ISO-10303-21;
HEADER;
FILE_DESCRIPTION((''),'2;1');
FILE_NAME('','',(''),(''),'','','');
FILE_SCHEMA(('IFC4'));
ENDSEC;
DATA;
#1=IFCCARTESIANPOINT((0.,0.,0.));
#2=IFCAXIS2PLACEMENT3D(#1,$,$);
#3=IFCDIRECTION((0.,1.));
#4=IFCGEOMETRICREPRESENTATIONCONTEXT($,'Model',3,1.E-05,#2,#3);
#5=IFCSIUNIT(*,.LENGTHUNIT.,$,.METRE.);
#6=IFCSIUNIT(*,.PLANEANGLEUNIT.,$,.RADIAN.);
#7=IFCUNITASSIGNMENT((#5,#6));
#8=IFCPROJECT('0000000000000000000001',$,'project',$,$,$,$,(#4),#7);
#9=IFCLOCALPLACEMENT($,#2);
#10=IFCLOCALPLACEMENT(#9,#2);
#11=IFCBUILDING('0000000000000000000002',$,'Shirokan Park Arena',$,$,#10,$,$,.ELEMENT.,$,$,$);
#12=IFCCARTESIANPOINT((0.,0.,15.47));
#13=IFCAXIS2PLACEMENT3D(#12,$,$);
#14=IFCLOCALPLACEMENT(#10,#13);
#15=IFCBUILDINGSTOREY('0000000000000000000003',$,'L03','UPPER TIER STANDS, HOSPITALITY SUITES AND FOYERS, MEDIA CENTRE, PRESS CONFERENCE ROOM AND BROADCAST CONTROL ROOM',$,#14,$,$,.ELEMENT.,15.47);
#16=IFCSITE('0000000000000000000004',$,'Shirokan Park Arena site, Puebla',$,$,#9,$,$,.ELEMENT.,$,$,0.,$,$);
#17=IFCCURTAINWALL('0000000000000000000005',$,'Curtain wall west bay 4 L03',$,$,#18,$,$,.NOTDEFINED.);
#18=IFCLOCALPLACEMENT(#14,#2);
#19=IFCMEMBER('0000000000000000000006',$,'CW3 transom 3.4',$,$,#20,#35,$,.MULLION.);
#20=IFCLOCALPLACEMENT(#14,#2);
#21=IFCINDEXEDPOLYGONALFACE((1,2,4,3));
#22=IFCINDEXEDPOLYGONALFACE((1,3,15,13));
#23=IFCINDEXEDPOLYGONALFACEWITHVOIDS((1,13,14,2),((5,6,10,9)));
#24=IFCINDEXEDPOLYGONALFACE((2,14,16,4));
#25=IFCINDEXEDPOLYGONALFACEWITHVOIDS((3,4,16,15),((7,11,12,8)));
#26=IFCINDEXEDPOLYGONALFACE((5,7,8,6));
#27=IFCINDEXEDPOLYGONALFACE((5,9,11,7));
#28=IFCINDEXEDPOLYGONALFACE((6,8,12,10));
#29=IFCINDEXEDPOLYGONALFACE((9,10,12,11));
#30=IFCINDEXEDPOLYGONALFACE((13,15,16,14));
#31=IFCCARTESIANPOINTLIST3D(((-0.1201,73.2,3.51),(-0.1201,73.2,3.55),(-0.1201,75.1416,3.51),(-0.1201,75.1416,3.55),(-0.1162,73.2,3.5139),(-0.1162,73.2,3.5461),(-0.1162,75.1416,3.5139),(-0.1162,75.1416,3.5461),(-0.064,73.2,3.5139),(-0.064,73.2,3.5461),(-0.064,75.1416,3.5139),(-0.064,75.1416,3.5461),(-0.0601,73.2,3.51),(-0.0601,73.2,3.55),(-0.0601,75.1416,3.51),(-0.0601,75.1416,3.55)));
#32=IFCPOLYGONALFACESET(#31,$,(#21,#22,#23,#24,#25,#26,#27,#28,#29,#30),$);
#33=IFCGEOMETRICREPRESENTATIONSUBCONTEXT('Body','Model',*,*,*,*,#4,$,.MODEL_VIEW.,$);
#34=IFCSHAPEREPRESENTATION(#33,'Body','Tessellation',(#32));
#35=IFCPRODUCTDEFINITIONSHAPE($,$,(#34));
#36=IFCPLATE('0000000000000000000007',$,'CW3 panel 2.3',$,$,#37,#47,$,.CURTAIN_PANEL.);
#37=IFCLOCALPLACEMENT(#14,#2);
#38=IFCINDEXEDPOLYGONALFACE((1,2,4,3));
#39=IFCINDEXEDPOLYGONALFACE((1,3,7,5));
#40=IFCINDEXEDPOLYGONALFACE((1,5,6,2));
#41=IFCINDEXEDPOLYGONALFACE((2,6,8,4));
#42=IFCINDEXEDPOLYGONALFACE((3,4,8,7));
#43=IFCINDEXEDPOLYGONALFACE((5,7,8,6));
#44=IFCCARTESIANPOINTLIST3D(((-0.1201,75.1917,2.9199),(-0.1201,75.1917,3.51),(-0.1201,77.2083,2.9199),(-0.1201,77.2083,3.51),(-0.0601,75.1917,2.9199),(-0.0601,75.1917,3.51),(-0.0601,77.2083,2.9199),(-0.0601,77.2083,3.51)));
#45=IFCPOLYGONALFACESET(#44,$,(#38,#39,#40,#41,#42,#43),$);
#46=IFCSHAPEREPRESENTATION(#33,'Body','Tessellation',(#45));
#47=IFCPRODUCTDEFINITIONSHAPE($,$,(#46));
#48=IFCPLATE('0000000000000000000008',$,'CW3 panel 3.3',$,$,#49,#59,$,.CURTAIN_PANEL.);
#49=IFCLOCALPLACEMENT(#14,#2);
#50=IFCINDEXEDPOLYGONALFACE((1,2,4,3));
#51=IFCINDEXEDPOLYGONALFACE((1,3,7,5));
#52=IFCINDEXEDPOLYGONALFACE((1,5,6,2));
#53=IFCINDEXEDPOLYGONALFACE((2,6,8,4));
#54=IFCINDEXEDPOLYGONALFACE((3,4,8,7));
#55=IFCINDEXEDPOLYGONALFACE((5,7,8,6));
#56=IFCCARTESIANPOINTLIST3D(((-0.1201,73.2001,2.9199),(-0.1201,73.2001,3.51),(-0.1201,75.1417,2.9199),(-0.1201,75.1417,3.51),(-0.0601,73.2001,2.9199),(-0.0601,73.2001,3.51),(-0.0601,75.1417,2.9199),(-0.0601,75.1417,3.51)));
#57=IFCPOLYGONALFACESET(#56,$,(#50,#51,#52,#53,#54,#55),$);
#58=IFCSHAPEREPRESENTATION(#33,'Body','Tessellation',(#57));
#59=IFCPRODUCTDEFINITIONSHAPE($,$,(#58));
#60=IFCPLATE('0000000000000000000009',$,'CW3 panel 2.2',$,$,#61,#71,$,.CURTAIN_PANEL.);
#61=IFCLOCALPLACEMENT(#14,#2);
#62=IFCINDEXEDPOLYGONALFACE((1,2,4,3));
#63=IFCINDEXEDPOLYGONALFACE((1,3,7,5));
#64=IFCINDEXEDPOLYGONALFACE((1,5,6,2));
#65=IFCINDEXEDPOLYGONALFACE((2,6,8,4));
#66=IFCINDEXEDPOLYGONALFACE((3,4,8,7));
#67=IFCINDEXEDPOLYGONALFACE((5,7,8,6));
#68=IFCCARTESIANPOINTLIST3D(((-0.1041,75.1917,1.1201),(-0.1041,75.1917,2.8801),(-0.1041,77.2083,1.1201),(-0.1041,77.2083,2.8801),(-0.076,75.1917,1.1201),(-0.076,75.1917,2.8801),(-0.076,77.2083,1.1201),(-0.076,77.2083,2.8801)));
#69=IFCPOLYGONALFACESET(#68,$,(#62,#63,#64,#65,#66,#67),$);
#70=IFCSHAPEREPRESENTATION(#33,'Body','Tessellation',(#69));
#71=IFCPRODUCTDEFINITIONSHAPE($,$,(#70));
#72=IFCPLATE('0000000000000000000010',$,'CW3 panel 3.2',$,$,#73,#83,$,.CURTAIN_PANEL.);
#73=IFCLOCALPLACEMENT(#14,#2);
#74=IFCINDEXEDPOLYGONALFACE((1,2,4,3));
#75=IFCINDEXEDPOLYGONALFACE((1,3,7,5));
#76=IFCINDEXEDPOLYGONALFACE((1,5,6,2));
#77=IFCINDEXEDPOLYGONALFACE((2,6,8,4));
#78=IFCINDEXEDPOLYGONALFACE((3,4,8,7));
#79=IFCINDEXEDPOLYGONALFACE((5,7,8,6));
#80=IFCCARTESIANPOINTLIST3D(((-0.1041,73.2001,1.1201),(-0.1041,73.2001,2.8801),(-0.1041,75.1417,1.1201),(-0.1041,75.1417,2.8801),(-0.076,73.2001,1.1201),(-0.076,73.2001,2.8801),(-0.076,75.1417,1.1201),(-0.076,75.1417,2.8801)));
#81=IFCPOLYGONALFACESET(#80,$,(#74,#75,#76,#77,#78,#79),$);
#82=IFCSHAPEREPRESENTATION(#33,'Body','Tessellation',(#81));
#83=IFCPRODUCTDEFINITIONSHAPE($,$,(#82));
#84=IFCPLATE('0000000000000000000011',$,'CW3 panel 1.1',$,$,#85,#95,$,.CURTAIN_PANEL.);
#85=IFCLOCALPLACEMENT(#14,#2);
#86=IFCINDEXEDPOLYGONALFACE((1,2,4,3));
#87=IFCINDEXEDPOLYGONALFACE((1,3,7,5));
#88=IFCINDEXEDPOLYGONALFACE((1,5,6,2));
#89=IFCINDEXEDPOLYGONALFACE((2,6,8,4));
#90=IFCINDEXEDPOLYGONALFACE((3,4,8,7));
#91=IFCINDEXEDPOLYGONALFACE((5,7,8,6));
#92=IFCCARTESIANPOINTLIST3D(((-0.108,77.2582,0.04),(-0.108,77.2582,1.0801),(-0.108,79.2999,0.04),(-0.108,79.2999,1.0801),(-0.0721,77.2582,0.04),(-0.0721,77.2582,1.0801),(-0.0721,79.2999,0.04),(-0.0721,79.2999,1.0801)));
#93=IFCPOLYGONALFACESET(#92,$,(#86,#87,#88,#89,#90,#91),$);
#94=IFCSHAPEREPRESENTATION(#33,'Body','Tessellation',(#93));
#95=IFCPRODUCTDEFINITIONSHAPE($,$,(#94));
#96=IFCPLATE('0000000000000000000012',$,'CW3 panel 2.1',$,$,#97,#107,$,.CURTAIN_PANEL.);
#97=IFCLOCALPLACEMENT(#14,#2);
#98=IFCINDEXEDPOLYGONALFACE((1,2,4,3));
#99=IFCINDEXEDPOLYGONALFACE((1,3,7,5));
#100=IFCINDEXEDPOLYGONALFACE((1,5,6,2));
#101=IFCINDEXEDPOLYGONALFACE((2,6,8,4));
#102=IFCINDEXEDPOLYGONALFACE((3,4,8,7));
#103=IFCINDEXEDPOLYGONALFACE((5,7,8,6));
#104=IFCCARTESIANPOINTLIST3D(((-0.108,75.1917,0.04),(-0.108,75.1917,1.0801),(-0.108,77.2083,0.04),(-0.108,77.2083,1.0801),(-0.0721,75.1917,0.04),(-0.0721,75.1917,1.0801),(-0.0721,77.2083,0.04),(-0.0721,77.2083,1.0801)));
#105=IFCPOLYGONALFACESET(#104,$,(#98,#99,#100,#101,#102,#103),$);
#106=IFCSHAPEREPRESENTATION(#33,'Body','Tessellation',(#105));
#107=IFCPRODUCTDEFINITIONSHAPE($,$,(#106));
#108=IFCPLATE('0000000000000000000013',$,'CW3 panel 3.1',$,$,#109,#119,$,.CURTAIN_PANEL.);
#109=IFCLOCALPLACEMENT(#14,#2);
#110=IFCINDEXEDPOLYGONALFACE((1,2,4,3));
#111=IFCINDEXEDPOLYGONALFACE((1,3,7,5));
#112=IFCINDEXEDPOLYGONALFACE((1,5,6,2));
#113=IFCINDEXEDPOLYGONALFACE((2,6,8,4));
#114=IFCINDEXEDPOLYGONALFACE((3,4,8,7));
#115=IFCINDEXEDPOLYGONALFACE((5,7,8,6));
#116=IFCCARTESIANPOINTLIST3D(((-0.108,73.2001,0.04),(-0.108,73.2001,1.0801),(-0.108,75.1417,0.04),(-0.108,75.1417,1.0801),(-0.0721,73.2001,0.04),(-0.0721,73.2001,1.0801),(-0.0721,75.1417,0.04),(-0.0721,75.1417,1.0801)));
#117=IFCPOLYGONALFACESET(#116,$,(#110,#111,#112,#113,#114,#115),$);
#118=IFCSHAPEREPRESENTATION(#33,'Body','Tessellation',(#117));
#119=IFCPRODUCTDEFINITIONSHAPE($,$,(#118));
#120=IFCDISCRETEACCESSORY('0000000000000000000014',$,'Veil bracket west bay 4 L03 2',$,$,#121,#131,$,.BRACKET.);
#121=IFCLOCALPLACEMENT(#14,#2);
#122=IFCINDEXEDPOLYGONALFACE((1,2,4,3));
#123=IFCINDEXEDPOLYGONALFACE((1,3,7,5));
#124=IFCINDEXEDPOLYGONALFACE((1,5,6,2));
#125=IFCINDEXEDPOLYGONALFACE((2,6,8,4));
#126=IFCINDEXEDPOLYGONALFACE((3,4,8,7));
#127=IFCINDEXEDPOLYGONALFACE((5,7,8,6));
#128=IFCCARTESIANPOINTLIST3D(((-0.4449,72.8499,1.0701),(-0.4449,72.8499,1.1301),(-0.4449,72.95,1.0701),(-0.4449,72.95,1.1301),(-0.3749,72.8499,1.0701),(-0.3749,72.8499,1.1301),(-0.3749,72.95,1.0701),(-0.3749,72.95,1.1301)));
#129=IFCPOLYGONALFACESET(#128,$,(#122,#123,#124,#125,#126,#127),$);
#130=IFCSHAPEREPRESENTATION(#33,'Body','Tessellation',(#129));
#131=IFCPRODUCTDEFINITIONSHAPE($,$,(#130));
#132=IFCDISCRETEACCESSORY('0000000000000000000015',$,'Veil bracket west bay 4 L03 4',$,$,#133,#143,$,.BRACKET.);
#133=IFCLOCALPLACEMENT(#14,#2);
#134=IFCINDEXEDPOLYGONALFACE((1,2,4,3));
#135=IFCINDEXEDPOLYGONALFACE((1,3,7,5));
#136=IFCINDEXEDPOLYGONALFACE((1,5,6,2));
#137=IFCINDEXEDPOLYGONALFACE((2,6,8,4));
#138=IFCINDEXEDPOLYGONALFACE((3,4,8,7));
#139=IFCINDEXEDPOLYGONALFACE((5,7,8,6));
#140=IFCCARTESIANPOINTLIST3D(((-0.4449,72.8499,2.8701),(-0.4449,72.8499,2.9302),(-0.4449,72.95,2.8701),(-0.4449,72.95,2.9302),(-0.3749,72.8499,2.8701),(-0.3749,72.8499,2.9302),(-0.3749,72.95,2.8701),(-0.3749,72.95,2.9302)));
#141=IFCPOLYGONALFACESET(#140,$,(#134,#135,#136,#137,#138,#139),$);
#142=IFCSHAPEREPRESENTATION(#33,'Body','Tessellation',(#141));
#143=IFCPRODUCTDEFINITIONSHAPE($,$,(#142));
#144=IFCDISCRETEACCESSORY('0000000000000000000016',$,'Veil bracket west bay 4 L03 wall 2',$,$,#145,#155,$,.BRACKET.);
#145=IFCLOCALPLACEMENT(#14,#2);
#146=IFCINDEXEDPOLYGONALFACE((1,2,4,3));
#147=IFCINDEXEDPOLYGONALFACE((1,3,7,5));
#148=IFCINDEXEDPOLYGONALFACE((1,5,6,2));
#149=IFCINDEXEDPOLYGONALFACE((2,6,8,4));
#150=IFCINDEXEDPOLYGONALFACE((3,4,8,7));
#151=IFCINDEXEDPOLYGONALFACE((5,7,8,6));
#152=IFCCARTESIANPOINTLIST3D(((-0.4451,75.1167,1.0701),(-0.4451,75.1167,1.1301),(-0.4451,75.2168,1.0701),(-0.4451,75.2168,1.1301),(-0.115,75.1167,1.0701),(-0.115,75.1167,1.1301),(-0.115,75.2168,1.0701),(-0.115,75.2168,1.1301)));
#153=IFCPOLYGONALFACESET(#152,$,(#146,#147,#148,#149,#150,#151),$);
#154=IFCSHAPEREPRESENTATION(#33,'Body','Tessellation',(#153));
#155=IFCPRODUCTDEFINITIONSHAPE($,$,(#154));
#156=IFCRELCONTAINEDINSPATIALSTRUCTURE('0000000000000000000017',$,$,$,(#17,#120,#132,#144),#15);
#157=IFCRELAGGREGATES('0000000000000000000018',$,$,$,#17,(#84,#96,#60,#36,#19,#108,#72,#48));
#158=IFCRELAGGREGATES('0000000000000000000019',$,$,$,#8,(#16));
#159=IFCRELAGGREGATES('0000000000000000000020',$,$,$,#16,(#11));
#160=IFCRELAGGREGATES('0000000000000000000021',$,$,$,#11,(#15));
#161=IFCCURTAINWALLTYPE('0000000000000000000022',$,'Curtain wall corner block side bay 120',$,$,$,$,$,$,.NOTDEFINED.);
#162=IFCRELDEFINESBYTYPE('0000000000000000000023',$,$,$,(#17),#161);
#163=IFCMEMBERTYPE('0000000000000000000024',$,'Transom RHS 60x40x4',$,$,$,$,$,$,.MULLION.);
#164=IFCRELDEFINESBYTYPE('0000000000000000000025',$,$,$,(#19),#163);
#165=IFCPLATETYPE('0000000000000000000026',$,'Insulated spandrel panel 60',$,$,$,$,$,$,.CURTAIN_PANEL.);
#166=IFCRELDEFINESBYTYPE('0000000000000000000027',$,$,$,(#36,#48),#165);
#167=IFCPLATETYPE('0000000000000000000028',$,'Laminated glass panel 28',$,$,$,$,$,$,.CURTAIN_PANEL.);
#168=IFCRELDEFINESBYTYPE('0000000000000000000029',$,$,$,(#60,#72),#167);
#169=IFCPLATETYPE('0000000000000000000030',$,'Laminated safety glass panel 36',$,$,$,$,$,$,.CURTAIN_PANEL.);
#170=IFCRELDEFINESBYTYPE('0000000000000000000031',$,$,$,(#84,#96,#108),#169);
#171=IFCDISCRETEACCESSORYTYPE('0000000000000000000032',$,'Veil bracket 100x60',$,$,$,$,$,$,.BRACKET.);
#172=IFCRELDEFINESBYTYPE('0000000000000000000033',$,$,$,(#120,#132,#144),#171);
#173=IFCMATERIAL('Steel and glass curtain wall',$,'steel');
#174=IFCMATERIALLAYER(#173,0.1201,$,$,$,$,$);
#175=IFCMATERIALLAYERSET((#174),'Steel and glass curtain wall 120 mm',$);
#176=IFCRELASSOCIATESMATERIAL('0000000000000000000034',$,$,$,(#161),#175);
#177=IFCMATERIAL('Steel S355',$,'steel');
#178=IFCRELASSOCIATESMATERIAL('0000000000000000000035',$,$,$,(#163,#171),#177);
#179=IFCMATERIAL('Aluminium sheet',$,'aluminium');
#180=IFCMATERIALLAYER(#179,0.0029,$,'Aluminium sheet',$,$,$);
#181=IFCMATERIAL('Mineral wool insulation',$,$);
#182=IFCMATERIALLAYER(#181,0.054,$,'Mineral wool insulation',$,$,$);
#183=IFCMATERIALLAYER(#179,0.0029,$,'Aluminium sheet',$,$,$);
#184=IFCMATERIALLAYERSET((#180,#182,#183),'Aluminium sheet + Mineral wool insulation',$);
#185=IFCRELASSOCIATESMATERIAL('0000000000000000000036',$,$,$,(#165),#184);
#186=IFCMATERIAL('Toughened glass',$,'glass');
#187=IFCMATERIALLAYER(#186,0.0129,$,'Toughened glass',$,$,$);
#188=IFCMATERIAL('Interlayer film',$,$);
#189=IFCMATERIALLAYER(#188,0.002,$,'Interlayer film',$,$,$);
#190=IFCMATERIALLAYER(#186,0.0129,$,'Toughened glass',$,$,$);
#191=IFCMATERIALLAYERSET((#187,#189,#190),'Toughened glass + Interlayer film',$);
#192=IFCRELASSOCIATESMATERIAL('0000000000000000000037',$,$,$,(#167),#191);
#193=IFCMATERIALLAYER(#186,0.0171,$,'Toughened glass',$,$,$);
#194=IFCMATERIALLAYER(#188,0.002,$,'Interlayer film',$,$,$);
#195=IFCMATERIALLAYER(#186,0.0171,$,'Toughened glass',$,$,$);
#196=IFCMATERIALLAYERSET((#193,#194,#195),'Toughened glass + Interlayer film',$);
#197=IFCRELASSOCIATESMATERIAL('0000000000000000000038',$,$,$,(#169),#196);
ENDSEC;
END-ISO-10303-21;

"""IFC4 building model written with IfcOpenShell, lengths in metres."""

from ifc_helpers import new_model, si_unit, direction, frame, origin, origin_2d, place, context, subcontext, project, spatial, rectangle, hollow_rectangle, extrude, material, layer, layer_set, material_profile, profile_set, type_object, element, aggregate, save


model = new_model("IFC4")

# Units and contexts
model_context = context("Model", 3, precision=1e-05, world=origin(), true_north=direction((0.0, 1.0)))
body_context = subcontext(model_context, "Body", "Model", "MODEL_VIEW")
ifc_project = project(units=[si_unit("LENGTHUNIT", "METRE"), si_unit("PLANEANGLEUNIT", "RADIAN")], contexts=[model_context])

# Site, building, storey
site_placement = place(None, origin())
site = spatial("IfcSite", under=ifc_project, at=site_placement, Name="Shirokan Park Arena site, Puebla", CompositionType="ELEMENT", RefElevation=0.0)
building_placement = place(site_placement, origin())
building = spatial("IfcBuilding", under=site, at=building_placement, Name="Shirokan Park Arena", CompositionType="ELEMENT")
storey_placement = place(building_placement, frame((0.0, 0.0, 15.47)))
storey = spatial("IfcBuildingStorey", under=building, at=storey_placement, Name="L03", Description="UPPER TIER STANDS, HOSPITALITY SUITES AND FOYERS, MEDIA CENTRE, PRESS CONFERENCE ROOM AND BROADCAST CONTROL ROOM", CompositionType="ELEMENT", Elevation=15.47)

# Curtain wall
ifc_material_1 = material(Name="Steel and glass curtain wall", Category="steel")
ifc_layer_1 = layer(ifc_material_1, 0.1201)
ifc_layer_set_1 = layer_set([ifc_layer_1], Name="Steel and glass curtain wall 120 mm")
curtain_wall_type = type_object("IfcCurtainWallType", Name="Curtain wall corner block side bay 120", PredefinedType="NOTDEFINED", material=ifc_layer_set_1)
curtain_wall_placement = place(storey_placement, origin())
curtain_wall = element("IfcCurtainWall", 1, at=curtain_wall_placement, inside=storey, type_object=curtain_wall_type, Name="Curtain wall west bay 4 L03", PredefinedType="NOTDEFINED")
ifc_material_2 = material(Name="Steel S355", Category="steel")

# Member
ifc_material_profile_1 = material_profile(ifc_material_2, hollow_rectangle(XDim=0.0601, YDim=0.04, WallThickness=0.0039, at=origin_2d()), Name="RHS 60x40x4")
ifc_profile_set_1 = profile_set([ifc_material_profile_1], Name="Steel S355")
member_type_1 = type_object("IfcMemberType", Name="Transom RHS 60x40x4", PredefinedType="MULLION", material=ifc_profile_set_1)
member_1_placement = place(storey_placement, frame((-0.0901, 75.1416, 3.53), z_axis=(0.0, -1.0, 0.0), x_axis=(1.0, 0.0, 0.0)))
member_1 = element("IfcMember", 2, at=member_1_placement, type_object=member_type_1, Name="CW3 transom 3.4", PredefinedType="MULLION", context=body_context, shape_type="SweptSolid", body=[
    extrude(hollow_rectangle(XDim=0.0601, YDim=0.04, WallThickness=0.0039, at=origin_2d()), origin(), (0.0, 0.0, 1.0), 1.9417),
])

# Plates
ifc_material_3 = material(Name="Aluminium sheet", Category="aluminium")
ifc_layer_2 = layer(ifc_material_3, 0.0029, Name="Aluminium sheet")
ifc_material_4 = material(Name="Mineral wool insulation")
ifc_layer_3 = layer(ifc_material_4, 0.054, Name="Mineral wool insulation")
ifc_layer_4 = layer(ifc_material_3, 0.0029, Name="Aluminium sheet")
ifc_layer_set_2 = layer_set([ifc_layer_2, ifc_layer_3, ifc_layer_4], Name="Aluminium sheet + Mineral wool insulation")
plate_type_1 = type_object("IfcPlateType", Name="Insulated spandrel panel 60", PredefinedType="CURTAIN_PANEL", material=ifc_layer_set_2)
plate_1_placement = place(storey_placement, frame((-0.0901, 76.2, 2.9199), z_axis=(0.0, 0.0, 1.0), x_axis=(0.0, -1.0, 0.0)))
plate_1 = element("IfcPlate", 3, at=plate_1_placement, type_object=plate_type_1, Name="CW3 panel 2.3", PredefinedType="CURTAIN_PANEL", context=body_context, shape_type="SweptSolid", body=[
    extrude(rectangle(XDim=2.0166, YDim=0.0601, at=origin_2d()), origin(), (0.0, 0.0, 1.0), 0.5901),
])
plate_2_placement = place(storey_placement, frame((-0.0901, 74.1709, 2.9199), z_axis=(0.0, 0.0, 1.0), x_axis=(0.0, -1.0, 0.0)))
plate_2 = element("IfcPlate", 4, at=plate_2_placement, type_object=plate_type_1, Name="CW3 panel 3.3", PredefinedType="CURTAIN_PANEL", context=body_context, shape_type="SweptSolid", body=[
    extrude(rectangle(XDim=1.9417, YDim=0.0601, at=origin_2d()), origin(), (0.0, 0.0, 1.0), 0.5901),
])
ifc_material_5 = material(Name="Toughened glass", Category="glass")
ifc_layer_5 = layer(ifc_material_5, 0.0129, Name="Toughened glass")
ifc_material_6 = material(Name="Interlayer film")
ifc_layer_6 = layer(ifc_material_6, 0.002, Name="Interlayer film")
ifc_layer_7 = layer(ifc_material_5, 0.0129, Name="Toughened glass")
ifc_layer_set_3 = layer_set([ifc_layer_5, ifc_layer_6, ifc_layer_7], Name="Toughened glass + Interlayer film")
plate_type_2 = type_object("IfcPlateType", Name="Laminated glass panel 28", PredefinedType="CURTAIN_PANEL", material=ifc_layer_set_3)
plate_3_placement = place(storey_placement, frame((-0.0901, 76.2, 1.1201), z_axis=(0.0, 0.0, 1.0), x_axis=(0.0, -1.0, 0.0)))
plate_3 = element("IfcPlate", 5, at=plate_3_placement, type_object=plate_type_2, Name="CW3 panel 2.2", PredefinedType="CURTAIN_PANEL", context=body_context, shape_type="SweptSolid", body=[
    extrude(rectangle(XDim=2.0166, YDim=0.0281, at=origin_2d()), origin(), (0.0, 0.0, 1.0), 1.76),
])
plate_4_placement = place(storey_placement, frame((-0.0901, 74.1709, 1.1201), z_axis=(0.0, 0.0, 1.0), x_axis=(0.0, -1.0, 0.0)))
plate_4 = element("IfcPlate", 6, at=plate_4_placement, type_object=plate_type_2, Name="CW3 panel 3.2", PredefinedType="CURTAIN_PANEL", context=body_context, shape_type="SweptSolid", body=[
    extrude(rectangle(XDim=1.9417, YDim=0.0281, at=origin_2d()), origin(), (0.0, 0.0, 1.0), 1.76),
])
ifc_layer_8 = layer(ifc_material_5, 0.0171, Name="Toughened glass")
ifc_layer_9 = layer(ifc_material_6, 0.002, Name="Interlayer film")
ifc_layer_10 = layer(ifc_material_5, 0.0171, Name="Toughened glass")
ifc_layer_set_4 = layer_set([ifc_layer_8, ifc_layer_9, ifc_layer_10], Name="Toughened glass + Interlayer film")
plate_type_3 = type_object("IfcPlateType", Name="Laminated safety glass panel 36", PredefinedType="CURTAIN_PANEL", material=ifc_layer_set_4)
plate_5_placement = place(storey_placement, frame((-0.0901, 78.2791, 0.04), z_axis=(0.0, 0.0, 1.0), x_axis=(0.0, -1.0, 0.0)))
plate_5 = element("IfcPlate", 7, at=plate_5_placement, type_object=plate_type_3, Name="CW3 panel 1.1", PredefinedType="CURTAIN_PANEL", context=body_context, shape_type="SweptSolid", body=[
    extrude(rectangle(XDim=2.0417, YDim=0.0359, at=origin_2d()), origin(), (0.0, 0.0, 1.0), 1.04),
])
plate_6_placement = place(storey_placement, frame((-0.0901, 76.2, 0.04), z_axis=(0.0, 0.0, 1.0), x_axis=(0.0, -1.0, 0.0)))
plate_6 = element("IfcPlate", 8, at=plate_6_placement, type_object=plate_type_3, Name="CW3 panel 2.1", PredefinedType="CURTAIN_PANEL", context=body_context, shape_type="SweptSolid", body=[
    extrude(rectangle(XDim=2.0166, YDim=0.0359, at=origin_2d()), origin(), (0.0, 0.0, 1.0), 1.04),
])
plate_7_placement = place(storey_placement, frame((-0.0901, 74.1709, 0.04), z_axis=(0.0, 0.0, 1.0), x_axis=(0.0, -1.0, 0.0)))
plate_7 = element("IfcPlate", 9, at=plate_7_placement, type_object=plate_type_3, Name="CW3 panel 3.1", PredefinedType="CURTAIN_PANEL", context=body_context, shape_type="SweptSolid", body=[
    extrude(rectangle(XDim=1.9417, YDim=0.0359, at=origin_2d()), origin(), (0.0, 0.0, 1.0), 1.04),
])
aggregate(curtain_wall, [plate_5, plate_6, plate_3, plate_1, member_1, plate_7, plate_4, plate_2])

# Discrete accessories
discrete_accessory_type = type_object("IfcDiscreteAccessoryType", Name="Veil bracket 100x60", PredefinedType="BRACKET", material=ifc_material_2)
for number, where, z_axis, x_axis, name in (
    (10, (-0.4099, 72.8999, 1.0701), (0.0, 0.0, 1.0), (0.0, -1.0, 0.0), "Veil bracket west bay 4 L03 2"),
    (11, (-0.4099, 72.8999, 2.8701), (0.0, 0.0, 1.0), (0.0, -1.0, 0.0), "Veil bracket west bay 4 L03 4"),
):
    element("IfcDiscreteAccessory", number, at=place(storey_placement, frame(where, z_axis=z_axis, x_axis=x_axis)), inside=storey, type_object=discrete_accessory_type, Name=name, PredefinedType="BRACKET", context=body_context, shape_type="SweptSolid", body=[
        extrude(rectangle(XDim=0.1001, YDim=0.0701, at=origin_2d()), origin(), (0.0, 0.0, 1.0), 0.0601),
    ])
discrete_accessory_placement = place(storey_placement, frame((-0.28, 75.1667, 1.0701), z_axis=(0.0, 0.0, 1.0), x_axis=(0.0, -1.0, 0.0)))
element("IfcDiscreteAccessory", 12, at=discrete_accessory_placement, inside=storey, type_object=discrete_accessory_type, Name="Veil bracket west bay 4 L03 wall 2", PredefinedType="BRACKET", context=body_context, shape_type="SweptSolid", body=[
    extrude(rectangle(XDim=0.1001, YDim=0.3301, at=origin_2d()), origin(), (0.0, 0.0, 1.0), 0.0601),
])

save(model, "model.ifc")
